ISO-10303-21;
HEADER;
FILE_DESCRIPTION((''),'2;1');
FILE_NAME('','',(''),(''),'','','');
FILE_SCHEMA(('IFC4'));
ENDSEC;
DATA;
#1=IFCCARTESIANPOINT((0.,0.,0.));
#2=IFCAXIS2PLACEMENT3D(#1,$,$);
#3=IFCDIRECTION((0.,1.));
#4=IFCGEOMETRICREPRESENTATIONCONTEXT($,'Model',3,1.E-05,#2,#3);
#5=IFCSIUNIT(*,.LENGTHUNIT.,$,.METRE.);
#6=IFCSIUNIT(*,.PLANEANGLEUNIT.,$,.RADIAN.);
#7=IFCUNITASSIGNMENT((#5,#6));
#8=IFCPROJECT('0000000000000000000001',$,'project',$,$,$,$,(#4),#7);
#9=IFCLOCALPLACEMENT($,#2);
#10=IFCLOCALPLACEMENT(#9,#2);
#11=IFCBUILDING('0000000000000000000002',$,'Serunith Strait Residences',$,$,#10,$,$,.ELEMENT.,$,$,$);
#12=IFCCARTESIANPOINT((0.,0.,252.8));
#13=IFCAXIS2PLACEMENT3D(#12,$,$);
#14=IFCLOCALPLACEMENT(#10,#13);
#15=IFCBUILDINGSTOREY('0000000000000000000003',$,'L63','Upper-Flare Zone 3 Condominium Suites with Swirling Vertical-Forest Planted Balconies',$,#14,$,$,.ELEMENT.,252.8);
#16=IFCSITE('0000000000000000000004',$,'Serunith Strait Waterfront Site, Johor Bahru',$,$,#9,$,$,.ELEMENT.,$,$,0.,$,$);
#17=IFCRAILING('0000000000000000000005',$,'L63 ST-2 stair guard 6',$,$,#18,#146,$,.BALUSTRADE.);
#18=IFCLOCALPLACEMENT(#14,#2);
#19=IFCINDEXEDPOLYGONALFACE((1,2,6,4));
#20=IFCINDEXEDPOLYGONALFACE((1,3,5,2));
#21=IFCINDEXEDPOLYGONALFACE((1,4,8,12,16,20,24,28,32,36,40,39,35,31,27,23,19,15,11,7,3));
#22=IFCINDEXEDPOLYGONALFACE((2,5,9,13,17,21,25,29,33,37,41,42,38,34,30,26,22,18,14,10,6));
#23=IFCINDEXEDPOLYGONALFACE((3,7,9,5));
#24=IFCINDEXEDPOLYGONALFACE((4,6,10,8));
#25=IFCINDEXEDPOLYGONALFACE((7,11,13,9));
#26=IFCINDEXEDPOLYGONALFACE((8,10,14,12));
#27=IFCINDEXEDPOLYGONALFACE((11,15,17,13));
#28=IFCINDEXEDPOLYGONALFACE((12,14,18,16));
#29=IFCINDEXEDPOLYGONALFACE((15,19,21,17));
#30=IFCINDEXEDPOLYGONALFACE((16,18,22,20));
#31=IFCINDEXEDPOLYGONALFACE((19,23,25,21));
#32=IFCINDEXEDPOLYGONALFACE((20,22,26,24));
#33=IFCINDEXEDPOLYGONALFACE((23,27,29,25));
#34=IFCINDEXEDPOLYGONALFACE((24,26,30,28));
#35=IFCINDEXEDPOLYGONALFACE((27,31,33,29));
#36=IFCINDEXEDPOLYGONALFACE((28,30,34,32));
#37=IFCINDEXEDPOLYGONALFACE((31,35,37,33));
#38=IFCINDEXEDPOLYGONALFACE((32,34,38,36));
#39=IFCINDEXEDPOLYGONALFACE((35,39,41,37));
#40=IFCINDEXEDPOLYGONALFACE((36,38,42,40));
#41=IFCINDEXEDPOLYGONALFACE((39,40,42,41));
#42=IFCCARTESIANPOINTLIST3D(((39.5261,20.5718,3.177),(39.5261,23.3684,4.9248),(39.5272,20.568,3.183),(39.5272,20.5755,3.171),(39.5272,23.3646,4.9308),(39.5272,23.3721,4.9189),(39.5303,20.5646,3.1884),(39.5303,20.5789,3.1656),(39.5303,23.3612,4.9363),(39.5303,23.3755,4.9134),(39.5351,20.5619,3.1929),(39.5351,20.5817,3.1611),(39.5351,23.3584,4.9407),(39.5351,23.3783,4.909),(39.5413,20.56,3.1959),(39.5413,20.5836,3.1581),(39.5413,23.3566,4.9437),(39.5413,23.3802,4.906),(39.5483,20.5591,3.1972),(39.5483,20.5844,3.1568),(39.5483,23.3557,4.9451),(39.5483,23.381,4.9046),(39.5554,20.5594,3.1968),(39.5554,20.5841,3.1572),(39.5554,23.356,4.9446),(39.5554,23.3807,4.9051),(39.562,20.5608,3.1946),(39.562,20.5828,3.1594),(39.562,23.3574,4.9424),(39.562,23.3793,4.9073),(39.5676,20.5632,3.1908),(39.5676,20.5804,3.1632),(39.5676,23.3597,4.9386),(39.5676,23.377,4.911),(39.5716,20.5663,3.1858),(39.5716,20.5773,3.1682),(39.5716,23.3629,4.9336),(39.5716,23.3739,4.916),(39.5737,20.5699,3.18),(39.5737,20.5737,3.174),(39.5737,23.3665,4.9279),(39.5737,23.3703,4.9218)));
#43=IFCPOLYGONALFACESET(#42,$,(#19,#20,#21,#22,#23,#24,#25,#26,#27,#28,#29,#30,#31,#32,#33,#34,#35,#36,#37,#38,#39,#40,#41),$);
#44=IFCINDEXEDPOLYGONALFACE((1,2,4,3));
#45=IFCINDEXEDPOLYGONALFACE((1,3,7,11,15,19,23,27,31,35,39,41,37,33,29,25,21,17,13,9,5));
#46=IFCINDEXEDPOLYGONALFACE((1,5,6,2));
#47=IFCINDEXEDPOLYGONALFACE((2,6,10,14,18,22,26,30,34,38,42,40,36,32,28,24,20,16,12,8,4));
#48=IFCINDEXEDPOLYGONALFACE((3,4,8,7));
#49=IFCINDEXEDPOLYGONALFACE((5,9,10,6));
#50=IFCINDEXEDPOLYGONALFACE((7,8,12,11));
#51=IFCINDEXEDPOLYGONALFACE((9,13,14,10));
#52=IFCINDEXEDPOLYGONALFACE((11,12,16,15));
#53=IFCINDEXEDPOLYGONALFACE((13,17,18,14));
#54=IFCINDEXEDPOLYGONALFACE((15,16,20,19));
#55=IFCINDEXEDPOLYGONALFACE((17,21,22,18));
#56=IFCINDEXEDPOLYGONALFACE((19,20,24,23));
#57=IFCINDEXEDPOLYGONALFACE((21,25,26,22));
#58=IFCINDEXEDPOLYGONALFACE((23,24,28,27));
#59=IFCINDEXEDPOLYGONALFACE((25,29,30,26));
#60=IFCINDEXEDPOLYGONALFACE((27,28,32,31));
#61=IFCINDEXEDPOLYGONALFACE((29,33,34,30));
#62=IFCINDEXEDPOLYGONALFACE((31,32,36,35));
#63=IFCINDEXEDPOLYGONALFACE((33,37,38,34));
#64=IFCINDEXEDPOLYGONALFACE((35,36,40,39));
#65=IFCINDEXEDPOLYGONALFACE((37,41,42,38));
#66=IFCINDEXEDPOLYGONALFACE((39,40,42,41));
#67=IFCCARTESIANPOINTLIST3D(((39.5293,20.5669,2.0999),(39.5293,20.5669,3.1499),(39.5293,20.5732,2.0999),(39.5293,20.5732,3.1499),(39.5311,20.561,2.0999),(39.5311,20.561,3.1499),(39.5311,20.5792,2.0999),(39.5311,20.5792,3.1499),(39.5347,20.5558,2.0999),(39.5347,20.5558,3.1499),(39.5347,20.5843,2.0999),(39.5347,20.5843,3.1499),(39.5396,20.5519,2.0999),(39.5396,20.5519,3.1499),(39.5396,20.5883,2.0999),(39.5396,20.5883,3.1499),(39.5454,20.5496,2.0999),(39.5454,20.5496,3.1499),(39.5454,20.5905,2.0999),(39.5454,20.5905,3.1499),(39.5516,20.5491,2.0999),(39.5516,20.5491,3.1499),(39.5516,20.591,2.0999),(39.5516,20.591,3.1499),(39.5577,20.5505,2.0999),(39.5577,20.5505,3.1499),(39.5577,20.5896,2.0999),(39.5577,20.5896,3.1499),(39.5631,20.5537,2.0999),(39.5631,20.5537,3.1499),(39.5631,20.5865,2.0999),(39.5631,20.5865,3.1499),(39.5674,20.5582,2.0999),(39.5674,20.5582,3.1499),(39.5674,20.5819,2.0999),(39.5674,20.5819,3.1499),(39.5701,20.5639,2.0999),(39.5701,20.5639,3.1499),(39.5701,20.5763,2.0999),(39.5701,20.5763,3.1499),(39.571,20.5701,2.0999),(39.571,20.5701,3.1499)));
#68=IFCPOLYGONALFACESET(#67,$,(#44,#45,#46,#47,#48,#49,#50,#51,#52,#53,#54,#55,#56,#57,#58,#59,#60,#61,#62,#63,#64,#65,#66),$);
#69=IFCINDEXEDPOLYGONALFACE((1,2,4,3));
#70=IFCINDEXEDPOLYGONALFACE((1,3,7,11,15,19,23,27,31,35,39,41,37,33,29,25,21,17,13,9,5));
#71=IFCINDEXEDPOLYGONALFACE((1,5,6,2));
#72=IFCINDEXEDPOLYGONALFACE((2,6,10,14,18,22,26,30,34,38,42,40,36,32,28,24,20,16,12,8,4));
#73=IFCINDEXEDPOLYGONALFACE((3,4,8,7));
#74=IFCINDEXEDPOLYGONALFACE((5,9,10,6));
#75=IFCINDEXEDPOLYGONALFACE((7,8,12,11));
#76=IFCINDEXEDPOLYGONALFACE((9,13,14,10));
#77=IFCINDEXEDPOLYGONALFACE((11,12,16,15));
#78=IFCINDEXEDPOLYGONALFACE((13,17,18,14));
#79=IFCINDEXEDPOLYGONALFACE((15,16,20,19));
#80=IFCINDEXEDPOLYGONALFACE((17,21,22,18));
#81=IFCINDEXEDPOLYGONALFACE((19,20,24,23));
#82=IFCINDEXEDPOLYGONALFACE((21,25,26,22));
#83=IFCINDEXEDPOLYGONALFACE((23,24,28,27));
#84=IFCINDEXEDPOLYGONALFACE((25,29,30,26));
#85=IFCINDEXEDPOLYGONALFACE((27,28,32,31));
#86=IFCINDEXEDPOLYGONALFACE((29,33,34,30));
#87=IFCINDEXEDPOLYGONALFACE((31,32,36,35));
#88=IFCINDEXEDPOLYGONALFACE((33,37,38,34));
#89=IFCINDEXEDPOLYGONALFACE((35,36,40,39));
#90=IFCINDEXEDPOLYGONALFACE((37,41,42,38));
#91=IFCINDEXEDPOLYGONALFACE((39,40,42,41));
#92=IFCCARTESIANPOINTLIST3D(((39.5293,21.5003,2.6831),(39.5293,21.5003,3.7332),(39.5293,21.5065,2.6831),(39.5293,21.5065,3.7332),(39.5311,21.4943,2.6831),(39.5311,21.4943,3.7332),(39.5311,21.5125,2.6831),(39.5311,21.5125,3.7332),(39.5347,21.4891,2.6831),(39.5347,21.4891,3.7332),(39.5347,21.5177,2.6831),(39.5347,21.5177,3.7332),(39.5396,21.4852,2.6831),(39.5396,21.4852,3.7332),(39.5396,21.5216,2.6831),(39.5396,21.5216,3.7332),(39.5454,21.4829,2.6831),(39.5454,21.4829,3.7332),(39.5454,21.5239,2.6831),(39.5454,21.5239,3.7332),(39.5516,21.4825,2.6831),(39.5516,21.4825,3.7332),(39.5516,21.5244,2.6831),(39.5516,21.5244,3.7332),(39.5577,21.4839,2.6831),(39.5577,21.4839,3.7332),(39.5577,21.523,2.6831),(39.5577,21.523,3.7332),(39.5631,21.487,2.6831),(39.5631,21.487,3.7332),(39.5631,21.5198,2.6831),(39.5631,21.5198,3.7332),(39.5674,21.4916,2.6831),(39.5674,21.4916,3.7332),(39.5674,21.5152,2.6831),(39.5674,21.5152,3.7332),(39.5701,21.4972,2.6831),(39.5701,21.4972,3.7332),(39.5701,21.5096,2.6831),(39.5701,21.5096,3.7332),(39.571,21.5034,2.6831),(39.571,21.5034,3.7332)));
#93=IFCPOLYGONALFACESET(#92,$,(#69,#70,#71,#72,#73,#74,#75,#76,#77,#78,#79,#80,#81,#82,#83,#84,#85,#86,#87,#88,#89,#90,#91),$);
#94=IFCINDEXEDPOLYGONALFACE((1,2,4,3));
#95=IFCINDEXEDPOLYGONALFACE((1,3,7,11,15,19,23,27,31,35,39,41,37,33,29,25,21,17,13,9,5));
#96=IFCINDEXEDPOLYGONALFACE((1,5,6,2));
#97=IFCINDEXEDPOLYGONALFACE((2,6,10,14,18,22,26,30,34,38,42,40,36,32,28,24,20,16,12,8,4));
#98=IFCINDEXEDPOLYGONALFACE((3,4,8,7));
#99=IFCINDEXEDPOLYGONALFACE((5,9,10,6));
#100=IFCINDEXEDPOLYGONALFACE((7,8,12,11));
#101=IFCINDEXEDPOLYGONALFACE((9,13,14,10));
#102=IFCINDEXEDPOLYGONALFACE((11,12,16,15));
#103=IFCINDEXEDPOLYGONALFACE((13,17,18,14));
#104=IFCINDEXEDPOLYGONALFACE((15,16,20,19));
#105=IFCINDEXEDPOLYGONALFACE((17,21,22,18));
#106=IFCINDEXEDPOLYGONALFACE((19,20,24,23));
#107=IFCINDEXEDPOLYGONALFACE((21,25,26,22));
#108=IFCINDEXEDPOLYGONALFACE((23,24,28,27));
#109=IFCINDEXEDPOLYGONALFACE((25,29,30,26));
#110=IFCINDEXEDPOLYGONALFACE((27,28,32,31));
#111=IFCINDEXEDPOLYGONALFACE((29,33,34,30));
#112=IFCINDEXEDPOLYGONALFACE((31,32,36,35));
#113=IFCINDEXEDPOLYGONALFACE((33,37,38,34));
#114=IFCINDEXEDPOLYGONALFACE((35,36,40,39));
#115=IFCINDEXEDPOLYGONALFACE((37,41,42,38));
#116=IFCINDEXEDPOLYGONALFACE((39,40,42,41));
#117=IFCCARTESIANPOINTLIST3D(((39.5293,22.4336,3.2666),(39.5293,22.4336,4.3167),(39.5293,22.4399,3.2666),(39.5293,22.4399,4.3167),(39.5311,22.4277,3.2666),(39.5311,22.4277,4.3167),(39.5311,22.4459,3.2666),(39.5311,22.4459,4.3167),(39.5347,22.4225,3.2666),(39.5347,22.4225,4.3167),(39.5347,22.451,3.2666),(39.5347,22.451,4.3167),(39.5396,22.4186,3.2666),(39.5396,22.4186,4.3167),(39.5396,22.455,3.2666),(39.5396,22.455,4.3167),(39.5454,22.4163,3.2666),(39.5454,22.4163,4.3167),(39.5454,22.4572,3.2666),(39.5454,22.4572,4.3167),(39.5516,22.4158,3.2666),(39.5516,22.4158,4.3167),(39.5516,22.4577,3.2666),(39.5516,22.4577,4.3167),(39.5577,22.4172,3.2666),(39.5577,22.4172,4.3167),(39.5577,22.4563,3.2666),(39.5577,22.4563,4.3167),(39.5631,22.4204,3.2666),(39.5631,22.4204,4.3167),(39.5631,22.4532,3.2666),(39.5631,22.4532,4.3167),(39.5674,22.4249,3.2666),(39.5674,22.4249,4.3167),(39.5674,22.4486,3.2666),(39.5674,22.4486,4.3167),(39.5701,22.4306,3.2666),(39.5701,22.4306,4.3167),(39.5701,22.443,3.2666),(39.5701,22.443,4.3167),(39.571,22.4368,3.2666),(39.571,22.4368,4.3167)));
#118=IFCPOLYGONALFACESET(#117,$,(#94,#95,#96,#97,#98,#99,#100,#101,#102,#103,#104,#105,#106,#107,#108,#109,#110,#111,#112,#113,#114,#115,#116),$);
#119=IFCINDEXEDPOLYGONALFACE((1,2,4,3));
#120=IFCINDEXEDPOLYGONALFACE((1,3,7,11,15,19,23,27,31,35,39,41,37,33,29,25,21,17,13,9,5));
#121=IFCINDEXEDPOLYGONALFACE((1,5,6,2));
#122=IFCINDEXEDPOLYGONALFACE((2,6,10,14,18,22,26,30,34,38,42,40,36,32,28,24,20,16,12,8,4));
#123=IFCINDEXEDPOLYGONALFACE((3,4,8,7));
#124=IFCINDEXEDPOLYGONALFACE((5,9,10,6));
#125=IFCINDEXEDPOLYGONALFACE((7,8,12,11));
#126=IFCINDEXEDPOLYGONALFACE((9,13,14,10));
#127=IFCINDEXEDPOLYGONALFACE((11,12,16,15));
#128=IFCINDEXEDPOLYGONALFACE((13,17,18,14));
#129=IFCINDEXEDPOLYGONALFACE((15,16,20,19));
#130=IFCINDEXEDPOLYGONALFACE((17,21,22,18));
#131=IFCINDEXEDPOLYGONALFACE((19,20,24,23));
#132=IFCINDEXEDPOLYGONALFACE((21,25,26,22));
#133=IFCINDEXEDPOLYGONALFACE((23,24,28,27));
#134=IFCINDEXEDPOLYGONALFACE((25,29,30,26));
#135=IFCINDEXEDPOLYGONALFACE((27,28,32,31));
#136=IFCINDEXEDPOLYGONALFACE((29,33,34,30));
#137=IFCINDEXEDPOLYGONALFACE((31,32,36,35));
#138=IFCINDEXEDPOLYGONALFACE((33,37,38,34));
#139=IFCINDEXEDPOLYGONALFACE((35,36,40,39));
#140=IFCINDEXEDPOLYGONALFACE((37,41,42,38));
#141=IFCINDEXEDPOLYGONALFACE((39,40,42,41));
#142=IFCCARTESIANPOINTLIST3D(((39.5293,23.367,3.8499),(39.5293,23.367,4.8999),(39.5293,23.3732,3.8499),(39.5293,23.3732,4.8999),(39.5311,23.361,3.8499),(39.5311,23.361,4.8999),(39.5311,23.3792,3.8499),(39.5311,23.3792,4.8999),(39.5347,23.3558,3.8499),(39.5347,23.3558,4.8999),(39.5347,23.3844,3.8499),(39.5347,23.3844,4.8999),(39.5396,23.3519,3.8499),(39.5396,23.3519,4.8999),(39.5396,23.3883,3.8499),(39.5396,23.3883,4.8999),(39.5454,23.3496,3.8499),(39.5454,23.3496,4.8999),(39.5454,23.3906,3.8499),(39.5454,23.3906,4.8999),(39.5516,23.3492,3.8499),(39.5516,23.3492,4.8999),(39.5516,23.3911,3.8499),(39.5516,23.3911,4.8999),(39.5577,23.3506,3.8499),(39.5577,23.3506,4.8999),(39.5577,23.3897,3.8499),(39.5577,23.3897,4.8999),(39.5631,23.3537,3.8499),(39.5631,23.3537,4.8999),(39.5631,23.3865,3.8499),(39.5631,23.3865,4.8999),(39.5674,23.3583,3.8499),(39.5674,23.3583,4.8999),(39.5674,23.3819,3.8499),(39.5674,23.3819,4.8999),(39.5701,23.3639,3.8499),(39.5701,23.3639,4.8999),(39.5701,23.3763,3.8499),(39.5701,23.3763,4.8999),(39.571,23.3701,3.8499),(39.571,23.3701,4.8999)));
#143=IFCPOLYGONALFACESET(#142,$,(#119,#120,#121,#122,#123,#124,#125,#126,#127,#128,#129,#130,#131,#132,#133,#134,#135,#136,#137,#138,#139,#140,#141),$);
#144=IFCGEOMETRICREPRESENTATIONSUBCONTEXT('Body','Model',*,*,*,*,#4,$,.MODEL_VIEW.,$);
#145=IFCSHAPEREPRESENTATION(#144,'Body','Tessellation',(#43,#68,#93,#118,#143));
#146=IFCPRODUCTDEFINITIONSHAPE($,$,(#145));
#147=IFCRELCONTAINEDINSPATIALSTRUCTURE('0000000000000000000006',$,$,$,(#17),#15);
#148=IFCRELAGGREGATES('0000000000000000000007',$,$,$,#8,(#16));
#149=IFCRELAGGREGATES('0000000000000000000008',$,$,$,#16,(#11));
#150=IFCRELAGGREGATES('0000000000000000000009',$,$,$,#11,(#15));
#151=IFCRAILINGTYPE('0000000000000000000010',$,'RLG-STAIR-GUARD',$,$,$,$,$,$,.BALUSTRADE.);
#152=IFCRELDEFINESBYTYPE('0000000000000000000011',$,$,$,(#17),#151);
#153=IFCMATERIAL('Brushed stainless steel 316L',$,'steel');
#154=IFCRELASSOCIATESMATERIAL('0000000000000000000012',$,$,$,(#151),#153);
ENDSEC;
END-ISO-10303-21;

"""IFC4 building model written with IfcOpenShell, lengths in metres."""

from ifc_helpers import new_model, si_unit, direction, frame, origin, origin_2d, place, context, subcontext, project, spatial, circle, extrude, material, type_object, element, save


model = new_model("IFC4")

# Units and contexts
model_context = context("Model", 3, precision=1e-05, world=origin(), true_north=direction((0.0, 1.0)))
body_context = subcontext(model_context, "Body", "Model", "MODEL_VIEW")
ifc_project = project(units=[si_unit("LENGTHUNIT", "METRE"), si_unit("PLANEANGLEUNIT", "RADIAN")], contexts=[model_context])

# Site, building, storey
site_placement = place(None, origin())
site = spatial("IfcSite", under=ifc_project, at=site_placement, Name="Serunith Strait Waterfront Site, Johor Bahru", CompositionType="ELEMENT", RefElevation=0.0)
building_placement = place(site_placement, origin())
building = spatial("IfcBuilding", under=site, at=building_placement, Name="Serunith Strait Residences", CompositionType="ELEMENT")
storey_placement = place(building_placement, frame((0.0, 0.0, 252.8)))
storey = spatial("IfcBuildingStorey", under=building, at=storey_placement, Name="L63", Description="Upper-Flare Zone 3 Condominium Suites with Swirling Vertical-Forest Planted Balconies", CompositionType="ELEMENT", Elevation=252.8)

# Railing
ifc_material_1 = material(Name="Brushed stainless steel 316L", Category="steel")
railing_type_1 = type_object("IfcRailingType", Name="RLG-STAIR-GUARD", PredefinedType="BALUSTRADE", material=ifc_material_1)
railing_1_placement = place(storey_placement, frame((39.55, 20.5701, 2.0999)))
element("IfcRailing", 1, at=railing_1_placement, inside=storey, type_object=railing_type_1, Name="L63 ST-2 stair guard 6", PredefinedType="BALUSTRADE", context=body_context, shape_type="SweptSolid", body=[
    extrude(circle(Radius=0.0239, at=origin_2d()), frame((0.0, 0.0017, 1.0771), z_axis=(0.0, 0.848002, 0.529992), x_axis=(-1.0, 0.0, 0.0)), (0.0, 0.0, 1.0), 3.2979),
    extrude(circle(Radius=0.021, at=origin_2d()), origin(), (0.0, 0.0, 1.0), 1.05),
    extrude(circle(Radius=0.021, at=origin_2d()), frame((0.0, 0.9333, 0.5833)), (0.0, 0.0, 1.0), 1.05),
    extrude(circle(Radius=0.021, at=origin_2d()), frame((0.0, 1.8667, 1.1667)), (0.0, 0.0, 1.0), 1.05),
    extrude(circle(Radius=0.021, at=origin_2d()), frame((0.0, 2.8, 1.75)), (0.0, 0.0, 1.0), 1.05),
])

save(model, "model.ifc")
